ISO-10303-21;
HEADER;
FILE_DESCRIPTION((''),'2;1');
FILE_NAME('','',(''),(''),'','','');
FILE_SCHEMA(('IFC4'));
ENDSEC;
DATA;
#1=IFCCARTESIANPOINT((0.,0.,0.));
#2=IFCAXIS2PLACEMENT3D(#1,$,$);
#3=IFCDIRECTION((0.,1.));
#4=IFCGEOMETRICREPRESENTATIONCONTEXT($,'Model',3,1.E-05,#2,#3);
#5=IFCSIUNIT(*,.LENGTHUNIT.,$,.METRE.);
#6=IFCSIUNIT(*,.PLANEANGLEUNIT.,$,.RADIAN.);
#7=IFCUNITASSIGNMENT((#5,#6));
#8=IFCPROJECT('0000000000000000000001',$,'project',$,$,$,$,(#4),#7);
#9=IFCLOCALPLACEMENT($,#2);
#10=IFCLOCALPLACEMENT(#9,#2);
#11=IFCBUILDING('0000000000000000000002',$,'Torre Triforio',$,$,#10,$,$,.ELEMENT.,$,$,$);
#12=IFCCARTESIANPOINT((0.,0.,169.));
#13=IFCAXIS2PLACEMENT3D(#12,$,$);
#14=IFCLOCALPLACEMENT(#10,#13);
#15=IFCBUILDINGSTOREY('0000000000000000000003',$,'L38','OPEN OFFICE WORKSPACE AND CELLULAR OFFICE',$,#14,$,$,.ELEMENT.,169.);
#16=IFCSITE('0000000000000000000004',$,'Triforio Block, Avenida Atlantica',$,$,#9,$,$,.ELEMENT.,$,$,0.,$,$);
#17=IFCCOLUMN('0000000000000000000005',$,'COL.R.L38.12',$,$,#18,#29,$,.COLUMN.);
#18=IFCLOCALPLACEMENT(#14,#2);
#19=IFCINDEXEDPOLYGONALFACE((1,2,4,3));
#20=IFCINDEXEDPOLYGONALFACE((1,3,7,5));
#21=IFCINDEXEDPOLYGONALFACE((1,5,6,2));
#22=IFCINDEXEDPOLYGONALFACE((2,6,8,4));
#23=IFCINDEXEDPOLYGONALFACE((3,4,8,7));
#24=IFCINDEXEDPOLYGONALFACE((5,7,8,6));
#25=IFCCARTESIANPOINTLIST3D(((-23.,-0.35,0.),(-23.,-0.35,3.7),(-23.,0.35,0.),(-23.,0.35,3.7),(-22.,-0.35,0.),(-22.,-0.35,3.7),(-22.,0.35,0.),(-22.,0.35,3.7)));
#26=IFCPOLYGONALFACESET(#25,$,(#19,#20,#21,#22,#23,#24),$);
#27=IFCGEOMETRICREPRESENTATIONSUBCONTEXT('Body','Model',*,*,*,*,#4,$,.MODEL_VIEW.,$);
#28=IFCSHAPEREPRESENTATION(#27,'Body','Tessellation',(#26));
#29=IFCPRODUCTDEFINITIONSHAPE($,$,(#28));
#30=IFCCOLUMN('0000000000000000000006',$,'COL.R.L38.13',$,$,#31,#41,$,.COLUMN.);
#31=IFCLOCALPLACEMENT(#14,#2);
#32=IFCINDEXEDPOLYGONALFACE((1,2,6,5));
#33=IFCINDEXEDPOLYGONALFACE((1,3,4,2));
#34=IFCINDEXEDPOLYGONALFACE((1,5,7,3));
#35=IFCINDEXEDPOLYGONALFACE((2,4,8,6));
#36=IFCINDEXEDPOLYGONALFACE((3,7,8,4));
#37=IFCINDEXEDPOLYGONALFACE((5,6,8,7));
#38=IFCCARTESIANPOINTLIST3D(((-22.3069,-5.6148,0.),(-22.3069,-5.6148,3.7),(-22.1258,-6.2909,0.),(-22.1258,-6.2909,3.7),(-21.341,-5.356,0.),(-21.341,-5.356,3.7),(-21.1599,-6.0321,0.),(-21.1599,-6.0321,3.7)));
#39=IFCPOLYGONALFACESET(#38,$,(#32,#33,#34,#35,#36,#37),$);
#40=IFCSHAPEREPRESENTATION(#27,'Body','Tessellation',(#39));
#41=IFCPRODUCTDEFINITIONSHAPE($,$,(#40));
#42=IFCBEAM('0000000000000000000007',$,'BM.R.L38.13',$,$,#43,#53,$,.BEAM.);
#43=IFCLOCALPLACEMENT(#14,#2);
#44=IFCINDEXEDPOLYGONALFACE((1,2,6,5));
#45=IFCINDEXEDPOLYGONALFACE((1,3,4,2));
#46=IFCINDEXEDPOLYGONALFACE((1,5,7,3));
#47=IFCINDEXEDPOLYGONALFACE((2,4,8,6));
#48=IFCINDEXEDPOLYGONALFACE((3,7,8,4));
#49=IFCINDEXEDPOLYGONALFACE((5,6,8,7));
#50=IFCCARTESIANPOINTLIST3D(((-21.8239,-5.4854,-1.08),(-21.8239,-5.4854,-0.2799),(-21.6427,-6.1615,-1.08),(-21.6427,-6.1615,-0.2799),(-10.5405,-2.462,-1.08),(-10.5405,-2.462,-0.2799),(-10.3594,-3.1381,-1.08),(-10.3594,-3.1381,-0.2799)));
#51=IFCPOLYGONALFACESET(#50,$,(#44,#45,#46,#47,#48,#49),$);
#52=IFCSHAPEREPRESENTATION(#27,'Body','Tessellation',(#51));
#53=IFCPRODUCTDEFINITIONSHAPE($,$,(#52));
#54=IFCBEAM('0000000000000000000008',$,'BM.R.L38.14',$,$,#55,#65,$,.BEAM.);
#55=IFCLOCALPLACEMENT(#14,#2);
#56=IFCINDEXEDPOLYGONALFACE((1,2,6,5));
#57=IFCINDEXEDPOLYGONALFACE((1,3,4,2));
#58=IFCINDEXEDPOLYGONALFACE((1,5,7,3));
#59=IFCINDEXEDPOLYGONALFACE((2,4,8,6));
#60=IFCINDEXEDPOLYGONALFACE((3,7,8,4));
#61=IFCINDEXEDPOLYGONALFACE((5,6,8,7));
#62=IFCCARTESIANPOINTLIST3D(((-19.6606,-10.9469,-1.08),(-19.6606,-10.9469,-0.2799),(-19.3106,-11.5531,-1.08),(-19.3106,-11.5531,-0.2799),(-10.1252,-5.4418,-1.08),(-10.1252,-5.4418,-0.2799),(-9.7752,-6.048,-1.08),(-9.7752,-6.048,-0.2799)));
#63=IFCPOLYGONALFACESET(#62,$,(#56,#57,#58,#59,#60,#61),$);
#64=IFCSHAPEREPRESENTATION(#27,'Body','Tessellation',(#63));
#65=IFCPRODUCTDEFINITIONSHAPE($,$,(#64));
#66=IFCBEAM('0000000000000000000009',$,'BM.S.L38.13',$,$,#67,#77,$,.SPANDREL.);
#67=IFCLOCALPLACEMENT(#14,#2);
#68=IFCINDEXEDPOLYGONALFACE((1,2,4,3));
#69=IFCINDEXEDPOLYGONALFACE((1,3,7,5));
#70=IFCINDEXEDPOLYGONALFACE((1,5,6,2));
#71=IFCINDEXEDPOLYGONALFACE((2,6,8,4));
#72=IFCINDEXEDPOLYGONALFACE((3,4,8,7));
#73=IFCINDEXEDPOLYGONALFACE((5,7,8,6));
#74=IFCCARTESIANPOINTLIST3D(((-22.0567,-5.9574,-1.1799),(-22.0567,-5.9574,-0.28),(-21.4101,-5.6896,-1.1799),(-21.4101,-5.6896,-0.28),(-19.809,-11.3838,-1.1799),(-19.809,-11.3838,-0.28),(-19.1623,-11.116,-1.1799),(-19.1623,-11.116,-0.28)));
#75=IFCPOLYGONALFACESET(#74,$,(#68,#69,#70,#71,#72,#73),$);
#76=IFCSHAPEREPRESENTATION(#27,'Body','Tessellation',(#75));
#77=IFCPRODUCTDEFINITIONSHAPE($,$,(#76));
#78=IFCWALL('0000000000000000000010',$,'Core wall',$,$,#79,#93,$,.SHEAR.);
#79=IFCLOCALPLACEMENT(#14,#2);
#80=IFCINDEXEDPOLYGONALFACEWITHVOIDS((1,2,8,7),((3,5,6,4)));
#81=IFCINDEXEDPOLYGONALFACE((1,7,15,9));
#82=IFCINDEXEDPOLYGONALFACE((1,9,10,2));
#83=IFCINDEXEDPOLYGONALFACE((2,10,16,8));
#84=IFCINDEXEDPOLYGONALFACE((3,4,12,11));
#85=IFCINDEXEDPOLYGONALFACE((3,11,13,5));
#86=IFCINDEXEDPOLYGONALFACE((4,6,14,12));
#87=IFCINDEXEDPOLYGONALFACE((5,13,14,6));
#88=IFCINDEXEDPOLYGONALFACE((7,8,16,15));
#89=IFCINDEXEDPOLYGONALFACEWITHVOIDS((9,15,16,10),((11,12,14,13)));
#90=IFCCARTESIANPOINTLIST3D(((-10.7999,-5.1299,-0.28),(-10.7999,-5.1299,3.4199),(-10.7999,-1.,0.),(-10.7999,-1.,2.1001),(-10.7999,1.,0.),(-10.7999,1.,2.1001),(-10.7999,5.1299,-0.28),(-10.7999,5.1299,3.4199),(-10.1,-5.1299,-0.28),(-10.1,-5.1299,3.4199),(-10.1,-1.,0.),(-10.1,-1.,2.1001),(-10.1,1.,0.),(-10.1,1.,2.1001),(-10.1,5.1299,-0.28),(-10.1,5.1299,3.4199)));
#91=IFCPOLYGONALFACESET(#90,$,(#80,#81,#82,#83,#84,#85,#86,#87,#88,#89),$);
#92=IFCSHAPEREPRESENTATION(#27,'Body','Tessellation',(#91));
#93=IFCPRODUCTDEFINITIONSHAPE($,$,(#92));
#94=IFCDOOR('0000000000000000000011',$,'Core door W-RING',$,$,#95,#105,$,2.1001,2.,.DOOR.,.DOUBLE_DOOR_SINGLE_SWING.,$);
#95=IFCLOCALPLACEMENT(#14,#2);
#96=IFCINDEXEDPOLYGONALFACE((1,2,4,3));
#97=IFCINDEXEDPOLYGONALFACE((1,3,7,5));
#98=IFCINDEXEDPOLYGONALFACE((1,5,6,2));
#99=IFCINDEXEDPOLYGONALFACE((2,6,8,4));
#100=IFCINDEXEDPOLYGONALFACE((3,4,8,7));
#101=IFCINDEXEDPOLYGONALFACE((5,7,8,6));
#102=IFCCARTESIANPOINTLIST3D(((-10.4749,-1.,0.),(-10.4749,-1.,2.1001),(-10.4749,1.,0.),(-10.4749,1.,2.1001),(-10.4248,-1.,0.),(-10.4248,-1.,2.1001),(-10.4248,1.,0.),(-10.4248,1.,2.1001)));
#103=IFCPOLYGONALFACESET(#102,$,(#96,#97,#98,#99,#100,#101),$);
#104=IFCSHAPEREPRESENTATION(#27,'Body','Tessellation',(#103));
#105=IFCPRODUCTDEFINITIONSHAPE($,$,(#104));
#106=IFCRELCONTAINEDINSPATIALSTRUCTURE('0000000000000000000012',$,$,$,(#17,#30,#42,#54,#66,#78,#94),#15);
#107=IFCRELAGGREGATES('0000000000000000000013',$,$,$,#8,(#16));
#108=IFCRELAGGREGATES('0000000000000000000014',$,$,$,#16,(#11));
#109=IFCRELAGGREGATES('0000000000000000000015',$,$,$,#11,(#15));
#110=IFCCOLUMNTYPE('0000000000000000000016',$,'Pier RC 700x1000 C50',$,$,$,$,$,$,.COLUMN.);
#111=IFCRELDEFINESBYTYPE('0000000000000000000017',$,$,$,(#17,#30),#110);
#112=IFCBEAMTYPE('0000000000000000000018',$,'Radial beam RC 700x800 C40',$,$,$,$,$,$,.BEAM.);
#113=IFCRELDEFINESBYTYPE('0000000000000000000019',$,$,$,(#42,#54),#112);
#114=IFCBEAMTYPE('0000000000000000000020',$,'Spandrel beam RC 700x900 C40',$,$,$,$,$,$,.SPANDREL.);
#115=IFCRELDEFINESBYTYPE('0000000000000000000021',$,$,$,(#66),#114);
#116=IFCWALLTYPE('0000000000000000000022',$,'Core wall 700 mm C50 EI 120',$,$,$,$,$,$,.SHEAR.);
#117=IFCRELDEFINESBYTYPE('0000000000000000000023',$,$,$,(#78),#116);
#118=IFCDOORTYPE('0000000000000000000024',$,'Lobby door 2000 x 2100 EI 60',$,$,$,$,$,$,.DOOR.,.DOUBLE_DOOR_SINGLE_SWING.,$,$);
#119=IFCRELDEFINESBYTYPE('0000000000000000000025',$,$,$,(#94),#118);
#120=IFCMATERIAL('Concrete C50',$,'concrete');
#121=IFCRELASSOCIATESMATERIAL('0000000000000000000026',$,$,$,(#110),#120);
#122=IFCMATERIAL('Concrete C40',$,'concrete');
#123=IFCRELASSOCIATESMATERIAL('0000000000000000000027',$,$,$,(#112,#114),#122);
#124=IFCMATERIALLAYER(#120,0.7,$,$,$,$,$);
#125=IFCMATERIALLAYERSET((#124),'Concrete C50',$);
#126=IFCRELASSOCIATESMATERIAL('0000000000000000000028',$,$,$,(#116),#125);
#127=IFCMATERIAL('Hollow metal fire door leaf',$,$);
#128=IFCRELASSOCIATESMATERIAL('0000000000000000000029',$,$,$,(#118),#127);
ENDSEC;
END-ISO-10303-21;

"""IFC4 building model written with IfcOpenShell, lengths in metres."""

from ifc_helpers import new_model, si_unit, direction, frame, frame_2d, origin, origin_2d, place, context, subcontext, project, spatial, rectangle, extrude, material, layer, layer_set, material_profile, profile_set, type_object, element, fill, save


model = new_model("IFC4")

# Units and contexts
model_context = context("Model", 3, precision=1e-05, world=origin(), true_north=direction((0.0, 1.0)))
body_context = subcontext(model_context, "Body", "Model", "MODEL_VIEW")
ifc_project = project(units=[si_unit("LENGTHUNIT", "METRE"), si_unit("PLANEANGLEUNIT", "RADIAN")], contexts=[model_context])

# Site, building, storey
site_placement = place(None, origin())
site = spatial("IfcSite", under=ifc_project, at=site_placement, Name="Triforio Block, Avenida Atlantica", CompositionType="ELEMENT", RefElevation=0.0)
building_placement = place(site_placement, origin())
building = spatial("IfcBuilding", under=site, at=building_placement, Name="Torre Triforio", CompositionType="ELEMENT")
storey_placement = place(building_placement, frame((0.0, 0.0, 169.0)))
storey = spatial("IfcBuildingStorey", under=building, at=storey_placement, Name="L38", Description="OPEN OFFICE WORKSPACE AND CELLULAR OFFICE", CompositionType="ELEMENT", Elevation=169.0)

# Columns
ifc_material_1 = material(Name="Concrete C50", Category="concrete")
ifc_material_profile_1 = material_profile(ifc_material_1, rectangle(XDim=0.7, YDim=1.0, at=origin_2d()), Name="RC 700x1000")
ifc_profile_set_1 = profile_set([ifc_material_profile_1], Name="Concrete C50")
column_type = type_object("IfcColumnType", Name="Pier RC 700x1000 C50", PredefinedType="COLUMN", material=ifc_profile_set_1)
for number, where, z_axis, x_axis, name in (
    (1, (-22.5, 0.0, 0.0), (0.0, 0.0, 1.0), (0.0, -1.0, 0.0), "COL.R.L38.12"),
    (2, (-21.7334, -5.8235, 0.0), (0.0, 0.0, 1.0), (0.258819, -0.965926, 0.0), "COL.R.L38.13"),
):
    element("IfcColumn", number, at=place(storey_placement, frame(where, z_axis=z_axis, x_axis=x_axis)), inside=storey, type_object=column_type, Name=name, PredefinedType="COLUMN", context=body_context, shape_type="SweptSolid", body=[
        extrude(rectangle(XDim=0.7, YDim=1.0, at=origin_2d()), origin(), (0.0, 0.0, 1.0), 3.7),
    ])

# Beams
ifc_material_2 = material(Name="Concrete C40", Category="concrete")
ifc_material_profile_2 = material_profile(ifc_material_2, rectangle(XDim=0.7, YDim=0.8, at=origin_2d()), Name="RC 700x800")
ifc_profile_set_2 = profile_set([ifc_material_profile_2], Name="Concrete C40")
beam_type_1 = type_object("IfcBeamType", Name="Radial beam RC 700x800 C40", PredefinedType="BEAM", material=ifc_profile_set_2)
beam_1_placement = place(storey_placement, frame((-10.45, -2.8, -0.6799), z_axis=(-0.965925, -0.258823, 0.0), x_axis=(0.258823, -0.965925, 0.0)))
element("IfcBeam", 3, at=beam_1_placement, inside=storey, type_object=beam_type_1, Name="BM.R.L38.13", PredefinedType="BEAM", context=body_context, shape_type="SweptSolid", body=[
    extrude(rectangle(XDim=0.7, YDim=0.8, at=origin_2d()), origin(), (0.0, 0.0, 1.0), 11.6814),
])
beam_2_placement = place(storey_placement, frame((-9.9502, -5.7449, -0.6799), z_axis=(-0.866031, -0.499991, 0.0), x_axis=(0.499991, -0.866031, 0.0)))
element("IfcBeam", 4, at=beam_2_placement, inside=storey, type_object=beam_type_1, Name="BM.R.L38.14", PredefinedType="BEAM", context=body_context, shape_type="SweptSolid", body=[
    extrude(rectangle(XDim=0.7, YDim=0.8, at=origin_2d()), origin(), (0.0, 0.0, 1.0), 11.0105),
])
ifc_material_profile_3 = material_profile(ifc_material_2, rectangle(XDim=0.7, YDim=0.8999, at=origin_2d()), Name="RC 700x900")
ifc_profile_set_3 = profile_set([ifc_material_profile_3], Name="Concrete C40")
beam_type_2 = type_object("IfcBeamType", Name="Spandrel beam RC 700x900 C40", PredefinedType="SPANDREL", material=ifc_profile_set_3)
beam_3_placement = place(storey_placement, frame((-21.7334, -5.8235, -0.73), z_axis=(0.382693, -0.923875, 0.0), x_axis=(0.923875, 0.382693, 0.0)))
element("IfcBeam", 5, at=beam_3_placement, inside=storey, type_object=beam_type_2, Name="BM.S.L38.13", PredefinedType="SPANDREL", context=body_context, shape_type="SweptSolid", body=[
    extrude(rectangle(XDim=0.7, YDim=0.8999, at=origin_2d()), origin(), (0.0, 0.0, 1.0), 5.8735),
])

# Wall, opening, door
ifc_layer_1 = layer(ifc_material_1, 0.7)
ifc_layer_set_1 = layer_set([ifc_layer_1], Name="Concrete C50")
wall_type_1 = type_object("IfcWallType", Name="Core wall 700 mm C50 EI 120", PredefinedType="SHEAR", material=ifc_layer_set_1)
wall_1_placement = place(storey_placement, frame((-10.45, -5.1299, -0.28), z_axis=(0.0, 0.0, 1.0), x_axis=(0.0, 1.0, 0.0)))
wall_1 = element("IfcWall", 6, at=wall_1_placement, inside=storey, type_object=wall_type_1, Name="Core wall", PredefinedType="SHEAR", context=body_context, shape_type="SweptSolid", body=[
    extrude(rectangle(XDim=10.2598, YDim=0.7, at=frame_2d((5.1299, 0.0))), origin(), (0.0, 0.0, 1.0), 3.7),
])
opening_1_placement = place(wall_1_placement, frame((4.1299, 0.0, 0.28)))
opening_1 = element("IfcOpeningElement", 7, at=opening_1_placement, cuts=wall_1, PredefinedType="OPENING", context=body_context, shape_type="SweptSolid", body=[
    extrude(rectangle(XDim=2.0, YDim=2.1001, at=frame_2d((1.0, 1.05))), frame((0.0, 0.3599, 0.0), z_axis=(0.0, -1.0, 0.0), x_axis=(1.0, 0.0, 0.0)), (0.0, 0.0, 1.0), 0.72),
])
ifc_material_3 = material(Name="Hollow metal fire door leaf")
door_type_1 = type_object("IfcDoorType", Name="Lobby door 2000 x 2100 EI 60", OperationType="DOUBLE_DOOR_SINGLE_SWING", PredefinedType="DOOR", material=ifc_material_3)
door_1_placement = place(opening_1_placement, origin())
door_1 = element("IfcDoor", 8, at=door_1_placement, inside=storey, type_object=door_type_1, Name="Core door W-RING", OperationType="DOUBLE_DOOR_SINGLE_SWING", OverallHeight=2.1001, OverallWidth=2.0, PredefinedType="DOOR", context=body_context, shape_type="SweptSolid", body=[
    extrude(rectangle(XDim=2.0, YDim=2.1001, at=frame_2d((1.0, 1.05))), frame((0.0, 0.0249, 0.0), z_axis=(0.0, -1.0, 0.0), x_axis=(1.0, 0.0, 0.0)), (0.0, 0.0, 1.0), 0.05),
])
fill(opening_1, door_1)

save(model, "model.ifc")
